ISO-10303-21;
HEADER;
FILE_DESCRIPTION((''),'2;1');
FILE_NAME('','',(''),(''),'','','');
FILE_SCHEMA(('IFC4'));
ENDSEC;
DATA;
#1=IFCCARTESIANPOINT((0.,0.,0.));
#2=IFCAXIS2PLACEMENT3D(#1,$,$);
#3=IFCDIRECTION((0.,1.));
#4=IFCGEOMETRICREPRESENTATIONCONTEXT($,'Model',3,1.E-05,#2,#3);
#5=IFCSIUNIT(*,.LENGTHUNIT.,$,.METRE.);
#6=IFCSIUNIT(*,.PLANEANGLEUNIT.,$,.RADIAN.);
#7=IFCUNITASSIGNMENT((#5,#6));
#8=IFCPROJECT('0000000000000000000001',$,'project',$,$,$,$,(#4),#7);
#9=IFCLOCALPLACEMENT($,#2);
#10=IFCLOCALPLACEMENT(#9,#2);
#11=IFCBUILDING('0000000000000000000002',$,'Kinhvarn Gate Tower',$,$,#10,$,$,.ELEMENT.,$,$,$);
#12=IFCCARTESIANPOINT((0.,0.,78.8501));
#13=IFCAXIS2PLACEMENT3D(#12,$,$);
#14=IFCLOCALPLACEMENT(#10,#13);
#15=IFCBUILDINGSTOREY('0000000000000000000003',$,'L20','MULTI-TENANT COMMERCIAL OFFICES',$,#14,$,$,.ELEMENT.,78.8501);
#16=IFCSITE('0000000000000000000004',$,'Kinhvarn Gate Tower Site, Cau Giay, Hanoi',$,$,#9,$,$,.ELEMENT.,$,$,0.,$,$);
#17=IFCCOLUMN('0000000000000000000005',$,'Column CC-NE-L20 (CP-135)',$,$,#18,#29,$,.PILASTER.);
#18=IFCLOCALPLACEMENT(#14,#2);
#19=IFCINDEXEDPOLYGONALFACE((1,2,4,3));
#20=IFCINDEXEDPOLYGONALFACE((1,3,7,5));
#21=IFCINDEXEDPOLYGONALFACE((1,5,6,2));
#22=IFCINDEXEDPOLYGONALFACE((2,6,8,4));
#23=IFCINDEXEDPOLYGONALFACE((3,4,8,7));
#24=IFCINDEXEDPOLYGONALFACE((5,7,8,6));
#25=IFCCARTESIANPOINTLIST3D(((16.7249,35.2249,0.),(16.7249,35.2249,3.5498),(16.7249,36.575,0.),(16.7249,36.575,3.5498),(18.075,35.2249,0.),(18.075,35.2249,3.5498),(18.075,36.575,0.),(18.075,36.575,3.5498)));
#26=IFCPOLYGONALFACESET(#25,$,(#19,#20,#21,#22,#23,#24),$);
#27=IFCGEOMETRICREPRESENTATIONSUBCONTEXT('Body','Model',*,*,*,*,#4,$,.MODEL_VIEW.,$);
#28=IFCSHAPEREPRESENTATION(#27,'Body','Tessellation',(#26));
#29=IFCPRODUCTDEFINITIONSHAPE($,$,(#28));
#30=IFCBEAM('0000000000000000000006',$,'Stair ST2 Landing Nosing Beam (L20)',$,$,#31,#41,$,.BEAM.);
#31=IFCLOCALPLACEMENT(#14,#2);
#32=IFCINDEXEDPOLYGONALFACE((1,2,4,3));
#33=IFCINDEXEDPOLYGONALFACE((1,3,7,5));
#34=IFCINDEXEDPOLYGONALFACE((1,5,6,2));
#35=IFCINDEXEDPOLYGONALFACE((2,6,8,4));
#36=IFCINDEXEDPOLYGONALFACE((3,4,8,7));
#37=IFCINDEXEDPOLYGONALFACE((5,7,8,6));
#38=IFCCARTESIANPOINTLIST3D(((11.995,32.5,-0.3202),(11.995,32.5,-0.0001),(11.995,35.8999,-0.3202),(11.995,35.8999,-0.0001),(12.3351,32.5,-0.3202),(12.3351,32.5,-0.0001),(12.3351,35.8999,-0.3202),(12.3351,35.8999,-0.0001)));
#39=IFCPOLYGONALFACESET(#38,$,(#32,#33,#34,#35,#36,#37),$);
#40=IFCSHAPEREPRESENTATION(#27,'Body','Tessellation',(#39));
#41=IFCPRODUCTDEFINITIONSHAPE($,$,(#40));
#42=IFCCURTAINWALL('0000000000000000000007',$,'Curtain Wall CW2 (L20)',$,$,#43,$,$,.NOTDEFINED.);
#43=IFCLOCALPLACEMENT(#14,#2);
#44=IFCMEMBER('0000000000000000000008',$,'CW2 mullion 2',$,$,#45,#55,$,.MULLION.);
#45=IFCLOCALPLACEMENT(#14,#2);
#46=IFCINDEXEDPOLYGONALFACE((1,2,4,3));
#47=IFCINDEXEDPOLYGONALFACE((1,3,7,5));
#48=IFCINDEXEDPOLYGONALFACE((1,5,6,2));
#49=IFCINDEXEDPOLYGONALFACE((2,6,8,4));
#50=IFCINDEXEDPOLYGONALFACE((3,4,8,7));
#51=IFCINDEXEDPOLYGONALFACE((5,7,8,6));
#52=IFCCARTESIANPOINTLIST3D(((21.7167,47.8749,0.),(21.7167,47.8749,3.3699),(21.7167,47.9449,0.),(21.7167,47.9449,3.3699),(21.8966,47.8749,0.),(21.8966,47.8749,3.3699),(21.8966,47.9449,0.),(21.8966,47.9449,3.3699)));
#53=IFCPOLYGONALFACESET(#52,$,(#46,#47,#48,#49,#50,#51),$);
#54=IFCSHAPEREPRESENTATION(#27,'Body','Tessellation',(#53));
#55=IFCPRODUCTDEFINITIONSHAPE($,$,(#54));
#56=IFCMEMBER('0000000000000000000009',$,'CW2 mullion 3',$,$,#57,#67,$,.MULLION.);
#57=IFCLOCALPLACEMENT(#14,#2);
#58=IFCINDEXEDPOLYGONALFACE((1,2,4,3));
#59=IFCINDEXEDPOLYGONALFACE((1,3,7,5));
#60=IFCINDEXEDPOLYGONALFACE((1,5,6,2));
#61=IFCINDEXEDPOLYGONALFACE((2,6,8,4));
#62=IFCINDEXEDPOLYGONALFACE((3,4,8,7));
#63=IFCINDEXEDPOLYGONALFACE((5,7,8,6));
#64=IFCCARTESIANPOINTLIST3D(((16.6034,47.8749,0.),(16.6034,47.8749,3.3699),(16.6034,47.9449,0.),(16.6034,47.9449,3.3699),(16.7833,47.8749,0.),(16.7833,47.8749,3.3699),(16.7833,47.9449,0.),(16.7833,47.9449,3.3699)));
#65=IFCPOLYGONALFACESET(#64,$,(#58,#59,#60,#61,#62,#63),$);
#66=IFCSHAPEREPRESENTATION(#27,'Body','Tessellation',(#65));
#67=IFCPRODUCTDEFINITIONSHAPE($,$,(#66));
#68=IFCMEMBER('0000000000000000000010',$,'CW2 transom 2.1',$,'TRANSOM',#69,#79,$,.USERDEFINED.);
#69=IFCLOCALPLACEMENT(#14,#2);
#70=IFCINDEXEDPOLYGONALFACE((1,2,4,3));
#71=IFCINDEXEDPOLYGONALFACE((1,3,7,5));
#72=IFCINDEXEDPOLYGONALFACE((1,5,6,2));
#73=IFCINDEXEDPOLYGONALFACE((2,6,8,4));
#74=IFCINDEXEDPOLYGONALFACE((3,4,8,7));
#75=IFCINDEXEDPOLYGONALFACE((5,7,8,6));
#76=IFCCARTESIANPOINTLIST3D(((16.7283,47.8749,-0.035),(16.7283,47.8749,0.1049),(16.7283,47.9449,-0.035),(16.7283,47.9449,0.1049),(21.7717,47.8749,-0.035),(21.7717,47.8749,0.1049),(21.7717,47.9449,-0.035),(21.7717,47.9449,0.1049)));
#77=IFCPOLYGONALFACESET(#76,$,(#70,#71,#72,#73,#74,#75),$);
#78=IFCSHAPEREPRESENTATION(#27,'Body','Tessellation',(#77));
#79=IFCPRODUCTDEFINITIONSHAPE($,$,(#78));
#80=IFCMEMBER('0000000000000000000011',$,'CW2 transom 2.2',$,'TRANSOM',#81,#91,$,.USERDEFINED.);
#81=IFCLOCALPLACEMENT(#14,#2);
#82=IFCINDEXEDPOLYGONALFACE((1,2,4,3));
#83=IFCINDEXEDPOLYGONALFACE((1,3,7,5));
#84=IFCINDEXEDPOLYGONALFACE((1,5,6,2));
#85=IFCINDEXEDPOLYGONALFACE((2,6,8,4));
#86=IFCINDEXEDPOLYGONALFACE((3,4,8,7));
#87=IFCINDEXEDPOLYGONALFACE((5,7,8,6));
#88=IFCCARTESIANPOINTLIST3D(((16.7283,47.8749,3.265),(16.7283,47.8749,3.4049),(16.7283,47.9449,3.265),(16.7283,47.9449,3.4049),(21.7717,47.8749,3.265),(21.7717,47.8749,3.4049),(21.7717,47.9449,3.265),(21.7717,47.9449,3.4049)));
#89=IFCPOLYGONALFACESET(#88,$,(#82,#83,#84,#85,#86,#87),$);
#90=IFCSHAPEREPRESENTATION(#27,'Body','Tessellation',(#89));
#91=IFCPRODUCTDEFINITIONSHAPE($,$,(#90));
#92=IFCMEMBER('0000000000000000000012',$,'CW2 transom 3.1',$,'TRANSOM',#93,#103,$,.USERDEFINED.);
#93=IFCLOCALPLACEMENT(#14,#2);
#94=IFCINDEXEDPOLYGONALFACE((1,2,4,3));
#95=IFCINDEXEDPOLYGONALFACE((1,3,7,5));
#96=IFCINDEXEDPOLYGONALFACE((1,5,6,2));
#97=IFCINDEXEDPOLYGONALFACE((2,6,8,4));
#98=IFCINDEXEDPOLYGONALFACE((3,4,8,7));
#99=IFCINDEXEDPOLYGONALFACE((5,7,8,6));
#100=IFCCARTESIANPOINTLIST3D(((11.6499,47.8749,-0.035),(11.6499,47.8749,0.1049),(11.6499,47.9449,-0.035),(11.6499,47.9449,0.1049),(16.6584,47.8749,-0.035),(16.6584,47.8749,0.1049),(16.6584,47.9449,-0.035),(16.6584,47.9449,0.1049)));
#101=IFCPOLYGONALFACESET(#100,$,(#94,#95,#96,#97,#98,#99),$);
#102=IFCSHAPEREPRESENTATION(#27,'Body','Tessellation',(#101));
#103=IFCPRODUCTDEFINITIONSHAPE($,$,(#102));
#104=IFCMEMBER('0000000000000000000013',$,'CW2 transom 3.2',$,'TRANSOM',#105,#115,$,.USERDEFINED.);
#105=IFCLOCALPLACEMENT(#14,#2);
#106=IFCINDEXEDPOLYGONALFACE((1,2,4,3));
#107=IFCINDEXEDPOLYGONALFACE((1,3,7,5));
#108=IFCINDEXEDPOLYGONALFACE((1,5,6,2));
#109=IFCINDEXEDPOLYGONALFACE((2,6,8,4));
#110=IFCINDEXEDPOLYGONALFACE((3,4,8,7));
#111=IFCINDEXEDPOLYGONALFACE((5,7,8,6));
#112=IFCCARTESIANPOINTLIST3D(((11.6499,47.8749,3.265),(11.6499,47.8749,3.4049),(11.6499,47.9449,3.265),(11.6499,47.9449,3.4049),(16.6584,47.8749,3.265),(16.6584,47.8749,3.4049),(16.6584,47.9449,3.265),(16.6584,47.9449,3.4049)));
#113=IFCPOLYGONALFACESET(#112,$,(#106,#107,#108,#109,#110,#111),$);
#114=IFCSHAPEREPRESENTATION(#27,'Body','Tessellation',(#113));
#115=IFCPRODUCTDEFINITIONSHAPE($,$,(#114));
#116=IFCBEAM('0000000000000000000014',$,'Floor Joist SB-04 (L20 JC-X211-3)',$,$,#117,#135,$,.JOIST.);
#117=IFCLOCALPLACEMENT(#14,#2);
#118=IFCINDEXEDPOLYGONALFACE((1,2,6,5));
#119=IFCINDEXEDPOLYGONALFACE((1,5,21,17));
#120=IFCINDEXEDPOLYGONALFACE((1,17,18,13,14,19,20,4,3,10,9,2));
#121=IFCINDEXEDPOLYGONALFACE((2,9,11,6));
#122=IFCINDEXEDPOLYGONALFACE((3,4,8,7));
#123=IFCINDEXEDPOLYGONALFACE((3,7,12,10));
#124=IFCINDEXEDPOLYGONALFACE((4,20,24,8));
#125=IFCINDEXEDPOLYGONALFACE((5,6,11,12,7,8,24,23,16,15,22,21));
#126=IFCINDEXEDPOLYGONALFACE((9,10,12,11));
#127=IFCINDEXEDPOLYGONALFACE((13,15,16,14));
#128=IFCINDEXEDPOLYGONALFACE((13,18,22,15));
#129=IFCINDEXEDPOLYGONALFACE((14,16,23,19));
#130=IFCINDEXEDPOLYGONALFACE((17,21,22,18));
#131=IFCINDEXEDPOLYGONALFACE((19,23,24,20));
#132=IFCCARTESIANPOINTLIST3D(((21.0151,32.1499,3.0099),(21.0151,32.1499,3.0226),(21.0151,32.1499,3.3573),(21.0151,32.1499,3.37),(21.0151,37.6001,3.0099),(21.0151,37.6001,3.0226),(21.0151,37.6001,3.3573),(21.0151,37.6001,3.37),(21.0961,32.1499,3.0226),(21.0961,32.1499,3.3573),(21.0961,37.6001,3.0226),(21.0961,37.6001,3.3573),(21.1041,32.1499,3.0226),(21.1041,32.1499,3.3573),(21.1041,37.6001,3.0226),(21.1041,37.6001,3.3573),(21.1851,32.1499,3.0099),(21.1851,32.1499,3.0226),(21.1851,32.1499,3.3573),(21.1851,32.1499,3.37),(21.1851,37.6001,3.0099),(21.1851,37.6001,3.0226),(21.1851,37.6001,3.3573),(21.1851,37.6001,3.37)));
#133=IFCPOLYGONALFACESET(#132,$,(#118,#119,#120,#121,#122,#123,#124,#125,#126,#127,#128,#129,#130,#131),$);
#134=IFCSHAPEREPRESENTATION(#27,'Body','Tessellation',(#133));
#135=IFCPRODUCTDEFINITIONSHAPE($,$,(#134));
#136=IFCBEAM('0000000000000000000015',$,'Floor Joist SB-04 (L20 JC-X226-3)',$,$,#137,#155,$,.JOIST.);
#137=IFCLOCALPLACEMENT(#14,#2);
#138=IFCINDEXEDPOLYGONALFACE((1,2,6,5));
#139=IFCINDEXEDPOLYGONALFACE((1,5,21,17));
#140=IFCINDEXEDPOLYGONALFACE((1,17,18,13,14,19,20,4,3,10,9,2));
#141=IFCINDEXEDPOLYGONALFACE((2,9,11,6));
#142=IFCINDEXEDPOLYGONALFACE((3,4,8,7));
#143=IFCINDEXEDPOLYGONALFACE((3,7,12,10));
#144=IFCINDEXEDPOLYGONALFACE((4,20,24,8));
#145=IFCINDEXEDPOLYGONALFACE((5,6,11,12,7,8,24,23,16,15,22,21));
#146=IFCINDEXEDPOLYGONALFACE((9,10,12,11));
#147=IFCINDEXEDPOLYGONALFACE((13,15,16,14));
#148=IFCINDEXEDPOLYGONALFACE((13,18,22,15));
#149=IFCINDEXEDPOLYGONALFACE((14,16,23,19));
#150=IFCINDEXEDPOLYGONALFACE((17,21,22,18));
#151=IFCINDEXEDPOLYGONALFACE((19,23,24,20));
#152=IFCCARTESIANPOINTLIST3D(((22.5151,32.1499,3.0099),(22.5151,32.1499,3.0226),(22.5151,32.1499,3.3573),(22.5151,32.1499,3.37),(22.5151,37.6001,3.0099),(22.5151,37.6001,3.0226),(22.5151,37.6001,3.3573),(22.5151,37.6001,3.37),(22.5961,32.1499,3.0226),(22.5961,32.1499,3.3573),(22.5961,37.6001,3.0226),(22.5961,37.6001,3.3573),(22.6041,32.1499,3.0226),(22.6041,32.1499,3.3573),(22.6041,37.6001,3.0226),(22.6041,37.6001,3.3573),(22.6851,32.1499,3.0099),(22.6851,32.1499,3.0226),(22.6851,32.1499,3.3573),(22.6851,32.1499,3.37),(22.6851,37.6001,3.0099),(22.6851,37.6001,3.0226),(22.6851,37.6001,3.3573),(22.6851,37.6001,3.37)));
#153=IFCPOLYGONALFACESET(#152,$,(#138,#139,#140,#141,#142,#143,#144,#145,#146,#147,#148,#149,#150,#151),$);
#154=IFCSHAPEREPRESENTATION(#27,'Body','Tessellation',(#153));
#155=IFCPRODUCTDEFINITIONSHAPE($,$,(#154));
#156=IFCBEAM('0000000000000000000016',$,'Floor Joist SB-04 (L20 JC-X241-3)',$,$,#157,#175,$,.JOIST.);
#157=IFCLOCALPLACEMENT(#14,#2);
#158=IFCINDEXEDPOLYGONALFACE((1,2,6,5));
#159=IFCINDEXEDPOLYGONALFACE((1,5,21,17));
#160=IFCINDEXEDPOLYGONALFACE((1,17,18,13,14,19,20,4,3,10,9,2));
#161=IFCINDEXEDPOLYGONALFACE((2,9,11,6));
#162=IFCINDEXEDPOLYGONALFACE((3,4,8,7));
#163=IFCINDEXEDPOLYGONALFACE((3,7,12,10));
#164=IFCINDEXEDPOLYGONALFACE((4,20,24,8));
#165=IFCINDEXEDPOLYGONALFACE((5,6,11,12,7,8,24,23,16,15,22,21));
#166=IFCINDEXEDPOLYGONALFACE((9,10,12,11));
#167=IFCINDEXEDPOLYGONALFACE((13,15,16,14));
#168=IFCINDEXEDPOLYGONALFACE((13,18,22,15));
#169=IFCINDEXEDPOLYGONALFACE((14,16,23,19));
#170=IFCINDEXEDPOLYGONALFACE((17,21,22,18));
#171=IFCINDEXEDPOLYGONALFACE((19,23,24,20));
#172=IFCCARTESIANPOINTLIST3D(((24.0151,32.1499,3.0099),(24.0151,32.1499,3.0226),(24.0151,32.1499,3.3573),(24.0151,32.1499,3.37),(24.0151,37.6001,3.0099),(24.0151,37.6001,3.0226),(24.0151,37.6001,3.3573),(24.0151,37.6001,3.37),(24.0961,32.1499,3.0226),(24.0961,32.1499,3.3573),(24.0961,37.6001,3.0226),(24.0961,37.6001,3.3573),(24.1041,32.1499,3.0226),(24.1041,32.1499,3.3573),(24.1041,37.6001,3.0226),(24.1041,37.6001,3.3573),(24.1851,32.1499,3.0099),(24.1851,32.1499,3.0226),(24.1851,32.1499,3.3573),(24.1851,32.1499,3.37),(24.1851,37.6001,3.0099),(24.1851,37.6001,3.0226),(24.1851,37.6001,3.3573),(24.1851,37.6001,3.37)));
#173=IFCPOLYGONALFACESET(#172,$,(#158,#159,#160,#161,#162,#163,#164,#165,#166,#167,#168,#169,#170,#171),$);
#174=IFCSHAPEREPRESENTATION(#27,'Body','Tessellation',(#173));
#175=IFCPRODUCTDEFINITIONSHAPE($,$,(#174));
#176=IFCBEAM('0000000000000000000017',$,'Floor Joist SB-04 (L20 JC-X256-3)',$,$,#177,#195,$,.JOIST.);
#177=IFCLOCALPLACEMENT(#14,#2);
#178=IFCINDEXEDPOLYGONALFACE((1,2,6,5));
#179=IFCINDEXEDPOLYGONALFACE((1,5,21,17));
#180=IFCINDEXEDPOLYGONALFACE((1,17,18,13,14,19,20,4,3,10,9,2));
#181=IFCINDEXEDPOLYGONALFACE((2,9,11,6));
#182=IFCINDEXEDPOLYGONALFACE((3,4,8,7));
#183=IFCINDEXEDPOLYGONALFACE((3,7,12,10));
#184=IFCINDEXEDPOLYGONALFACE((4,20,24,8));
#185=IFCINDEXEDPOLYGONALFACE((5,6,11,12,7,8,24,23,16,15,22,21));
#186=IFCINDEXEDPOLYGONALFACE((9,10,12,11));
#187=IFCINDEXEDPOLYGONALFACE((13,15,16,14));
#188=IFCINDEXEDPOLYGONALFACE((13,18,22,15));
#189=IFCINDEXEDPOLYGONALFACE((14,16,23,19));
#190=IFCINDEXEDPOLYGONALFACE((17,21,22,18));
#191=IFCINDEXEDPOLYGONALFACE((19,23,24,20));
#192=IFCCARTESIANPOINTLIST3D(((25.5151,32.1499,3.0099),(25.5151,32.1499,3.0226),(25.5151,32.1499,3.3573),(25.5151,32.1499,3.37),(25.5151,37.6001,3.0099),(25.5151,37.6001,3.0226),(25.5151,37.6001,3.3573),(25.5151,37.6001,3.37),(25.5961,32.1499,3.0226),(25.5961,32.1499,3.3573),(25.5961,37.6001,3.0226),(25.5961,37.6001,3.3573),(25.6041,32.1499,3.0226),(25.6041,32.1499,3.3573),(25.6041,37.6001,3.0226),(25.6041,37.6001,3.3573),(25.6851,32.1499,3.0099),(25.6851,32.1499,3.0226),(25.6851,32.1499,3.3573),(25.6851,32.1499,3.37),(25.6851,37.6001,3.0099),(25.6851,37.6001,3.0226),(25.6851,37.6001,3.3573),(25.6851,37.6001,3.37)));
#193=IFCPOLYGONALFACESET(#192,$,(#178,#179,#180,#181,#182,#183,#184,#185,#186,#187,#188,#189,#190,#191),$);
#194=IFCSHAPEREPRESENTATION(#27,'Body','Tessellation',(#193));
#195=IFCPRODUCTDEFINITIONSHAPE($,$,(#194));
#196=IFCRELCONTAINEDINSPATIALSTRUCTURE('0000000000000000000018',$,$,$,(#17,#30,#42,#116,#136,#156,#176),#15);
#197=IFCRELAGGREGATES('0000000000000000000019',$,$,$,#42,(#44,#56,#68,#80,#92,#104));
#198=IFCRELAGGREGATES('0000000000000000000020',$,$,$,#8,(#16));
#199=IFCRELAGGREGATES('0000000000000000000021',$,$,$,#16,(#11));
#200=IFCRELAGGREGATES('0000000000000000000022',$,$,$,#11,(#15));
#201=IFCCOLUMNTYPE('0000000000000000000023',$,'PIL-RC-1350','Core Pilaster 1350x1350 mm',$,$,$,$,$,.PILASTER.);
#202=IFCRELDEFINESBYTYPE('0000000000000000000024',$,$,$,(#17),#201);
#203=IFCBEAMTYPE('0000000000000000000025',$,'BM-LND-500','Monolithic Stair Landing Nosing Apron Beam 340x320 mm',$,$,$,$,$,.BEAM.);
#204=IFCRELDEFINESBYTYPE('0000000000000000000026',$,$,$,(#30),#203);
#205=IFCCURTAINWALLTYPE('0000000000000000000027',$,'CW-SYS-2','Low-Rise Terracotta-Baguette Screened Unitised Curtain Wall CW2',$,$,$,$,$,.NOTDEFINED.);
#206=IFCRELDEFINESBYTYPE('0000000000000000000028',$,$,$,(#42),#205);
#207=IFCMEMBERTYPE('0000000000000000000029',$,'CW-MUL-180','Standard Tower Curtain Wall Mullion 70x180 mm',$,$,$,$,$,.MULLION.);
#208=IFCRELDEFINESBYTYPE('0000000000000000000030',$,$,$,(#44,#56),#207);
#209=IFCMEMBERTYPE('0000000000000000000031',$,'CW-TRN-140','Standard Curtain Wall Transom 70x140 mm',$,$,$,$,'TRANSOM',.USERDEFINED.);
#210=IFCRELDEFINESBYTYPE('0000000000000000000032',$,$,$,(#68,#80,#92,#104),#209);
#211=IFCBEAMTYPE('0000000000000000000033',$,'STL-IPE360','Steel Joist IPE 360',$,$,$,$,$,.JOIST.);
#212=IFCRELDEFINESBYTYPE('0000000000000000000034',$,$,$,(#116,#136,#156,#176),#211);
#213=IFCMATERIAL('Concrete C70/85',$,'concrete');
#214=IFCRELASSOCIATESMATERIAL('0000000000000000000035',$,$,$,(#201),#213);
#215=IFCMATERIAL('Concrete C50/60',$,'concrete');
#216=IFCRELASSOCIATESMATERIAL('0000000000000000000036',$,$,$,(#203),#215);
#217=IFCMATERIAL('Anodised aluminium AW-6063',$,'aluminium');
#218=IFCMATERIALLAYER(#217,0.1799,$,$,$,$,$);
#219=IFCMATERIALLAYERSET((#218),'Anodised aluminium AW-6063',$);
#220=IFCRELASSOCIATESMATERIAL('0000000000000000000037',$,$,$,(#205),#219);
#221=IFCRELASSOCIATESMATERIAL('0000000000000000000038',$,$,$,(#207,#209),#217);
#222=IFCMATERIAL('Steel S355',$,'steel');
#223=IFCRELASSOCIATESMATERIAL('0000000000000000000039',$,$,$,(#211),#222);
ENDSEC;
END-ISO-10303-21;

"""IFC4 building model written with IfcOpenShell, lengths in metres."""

from ifc_helpers import new_model, si_unit, direction, frame, origin, origin_2d, place, context, subcontext, project, spatial, rectangle, i_section, extrude, material, layer, layer_set, material_profile, profile_set, type_object, element, aggregate, save


model = new_model("IFC4")

# Units and contexts
model_context = context("Model", 3, precision=1e-05, world=origin(), true_north=direction((0.0, 1.0)))
body_context = subcontext(model_context, "Body", "Model", "MODEL_VIEW")
ifc_project = project(units=[si_unit("LENGTHUNIT", "METRE"), si_unit("PLANEANGLEUNIT", "RADIAN")], contexts=[model_context])

# Site, building, storey
site_placement = place(None, origin())
site = spatial("IfcSite", under=ifc_project, at=site_placement, Name="Kinhvarn Gate Tower Site, Cau Giay, Hanoi", CompositionType="ELEMENT", RefElevation=0.0)
building_placement = place(site_placement, origin())
building = spatial("IfcBuilding", under=site, at=building_placement, Name="Kinhvarn Gate Tower", CompositionType="ELEMENT")
storey_placement = place(building_placement, frame((0.0, 0.0, 78.8501)))
storey = spatial("IfcBuildingStorey", under=building, at=storey_placement, Name="L20", Description="MULTI-TENANT COMMERCIAL OFFICES", CompositionType="ELEMENT", Elevation=78.8501)

# Column
ifc_material_1 = material(Name="Concrete C70/85", Category="concrete")
ifc_material_profile_1 = material_profile(ifc_material_1, rectangle(XDim=1.3501, YDim=1.3501, at=origin_2d()), Name="RC 1350x1350")
ifc_profile_set_1 = profile_set([ifc_material_profile_1], Name="Concrete C70/85")
column_type = type_object("IfcColumnType", Name="PIL-RC-1350", Description="Core Pilaster 1350x1350 mm", PredefinedType="PILASTER", material=ifc_profile_set_1)
column_placement = place(storey_placement, frame((17.3999, 35.8999, 0.0), z_axis=(0.0, 0.0, 1.0), x_axis=(1.0, 0.0, 0.0)))
element("IfcColumn", 1, at=column_placement, inside=storey, type_object=column_type, Name="Column CC-NE-L20 (CP-135)", PredefinedType="PILASTER", context=body_context, shape_type="SweptSolid", body=[
    extrude(rectangle(XDim=1.3501, YDim=1.3501, at=origin_2d()), origin(), (0.0, 0.0, 1.0), 3.5498),
])

# Beam
ifc_material_2 = material(Name="Concrete C50/60", Category="concrete")
ifc_material_profile_2 = material_profile(ifc_material_2, rectangle(XDim=0.3401, YDim=0.3201, at=origin_2d()), Name="RC 340x320")
ifc_profile_set_2 = profile_set([ifc_material_profile_2], Name="Concrete C50/60")
beam_type_1 = type_object("IfcBeamType", Name="BM-LND-500", Description="Monolithic Stair Landing Nosing Apron Beam 340x320 mm", PredefinedType="BEAM", material=ifc_profile_set_2)
beam_placement = place(storey_placement, frame((12.165, 32.5, -0.1602), z_axis=(0.0, 1.0, 0.0), x_axis=(-1.0, 0.0, 0.0)))
element("IfcBeam", 2, at=beam_placement, inside=storey, type_object=beam_type_1, Name="Stair ST2 Landing Nosing Beam (L20)", PredefinedType="BEAM", context=body_context, shape_type="SweptSolid", body=[
    extrude(rectangle(XDim=0.3401, YDim=0.3201, at=origin_2d()), origin(), (0.0, 0.0, 1.0), 3.3999),
])

# Curtain wall, members
ifc_material_3 = material(Name="Anodised aluminium AW-6063", Category="aluminium")
ifc_layer_1 = layer(ifc_material_3, 0.1799)
ifc_layer_set_1 = layer_set([ifc_layer_1], Name="Anodised aluminium AW-6063")
curtain_wall_type = type_object("IfcCurtainWallType", Name="CW-SYS-2", Description="Low-Rise Terracotta-Baguette Screened Unitised Curtain Wall CW2", PredefinedType="NOTDEFINED", material=ifc_layer_set_1)
curtain_wall_placement = place(storey_placement, origin())
curtain_wall = element("IfcCurtainWall", 3, at=curtain_wall_placement, inside=storey, type_object=curtain_wall_type, Name="Curtain Wall CW2 (L20)", PredefinedType="NOTDEFINED")
ifc_material_profile_3 = material_profile(ifc_material_3, rectangle(XDim=0.0701, YDim=0.1799, at=origin_2d()), Name="ALU 70x180")
ifc_profile_set_3 = profile_set([ifc_material_profile_3], Name="Anodised aluminium AW-6063")
member_type_1 = type_object("IfcMemberType", Name="CW-MUL-180", Description="Standard Tower Curtain Wall Mullion 70x180 mm", PredefinedType="MULLION", material=ifc_profile_set_3)
member_1_placement = place(storey_placement, frame((21.8066, 47.9099, 0.0), z_axis=(0.0, 0.0, 1.0), x_axis=(0.0, -1.0, 0.0)))
member_1 = element("IfcMember", 4, at=member_1_placement, type_object=member_type_1, Name="CW2 mullion 2", PredefinedType="MULLION", context=body_context, shape_type="SweptSolid", body=[
    extrude(rectangle(XDim=0.0701, YDim=0.1799, at=origin_2d()), origin(), (0.0, 0.0, 1.0), 3.3699),
])
member_2_placement = place(storey_placement, frame((16.6934, 47.9099, 0.0), z_axis=(0.0, 0.0, 1.0), x_axis=(0.0, -1.0, 0.0)))
member_2 = element("IfcMember", 5, at=member_2_placement, type_object=member_type_1, Name="CW2 mullion 3", PredefinedType="MULLION", context=body_context, shape_type="SweptSolid", body=[
    extrude(rectangle(XDim=0.0701, YDim=0.1799, at=origin_2d()), origin(), (0.0, 0.0, 1.0), 3.3699),
])
ifc_material_profile_4 = material_profile(ifc_material_3, rectangle(XDim=0.0701, YDim=0.1399, at=origin_2d()), Name="ALU 70x140")
ifc_profile_set_4 = profile_set([ifc_material_profile_4], Name="Anodised aluminium AW-6063")
member_type_2 = type_object("IfcMemberType", Name="CW-TRN-140", Description="Standard Curtain Wall Transom 70x140 mm", ElementType="TRANSOM", PredefinedType="USERDEFINED", material=ifc_profile_set_4)
member_3_placement = place(storey_placement, frame((21.7717, 47.9099, 0.0349), z_axis=(-1.0, 0.0, 0.0), x_axis=(0.0, -1.0, 0.0)))
member_3 = element("IfcMember", 6, at=member_3_placement, type_object=member_type_2, Name="CW2 transom 2.1", ObjectType="TRANSOM", PredefinedType="USERDEFINED", context=body_context, shape_type="SweptSolid", body=[
    extrude(rectangle(XDim=0.0701, YDim=0.1399, at=origin_2d()), origin(), (0.0, 0.0, 1.0), 5.0435),
])
member_4_placement = place(storey_placement, frame((21.7717, 47.9099, 3.335), z_axis=(-1.0, 0.0, 0.0), x_axis=(0.0, -1.0, 0.0)))
member_4 = element("IfcMember", 7, at=member_4_placement, type_object=member_type_2, Name="CW2 transom 2.2", ObjectType="TRANSOM", PredefinedType="USERDEFINED", context=body_context, shape_type="SweptSolid", body=[
    extrude(rectangle(XDim=0.0701, YDim=0.1399, at=origin_2d()), origin(), (0.0, 0.0, 1.0), 5.0435),
])
member_5_placement = place(storey_placement, frame((16.6584, 47.9099, 0.0349), z_axis=(-1.0, 0.0, 0.0), x_axis=(0.0, -1.0, 0.0)))
member_5 = element("IfcMember", 8, at=member_5_placement, type_object=member_type_2, Name="CW2 transom 3.1", ObjectType="TRANSOM", PredefinedType="USERDEFINED", context=body_context, shape_type="SweptSolid", body=[
    extrude(rectangle(XDim=0.0701, YDim=0.1399, at=origin_2d()), origin(), (0.0, 0.0, 1.0), 5.0085),
])
member_6_placement = place(storey_placement, frame((16.6584, 47.9099, 3.335), z_axis=(-1.0, 0.0, 0.0), x_axis=(0.0, -1.0, 0.0)))
member_6 = element("IfcMember", 9, at=member_6_placement, type_object=member_type_2, Name="CW2 transom 3.2", ObjectType="TRANSOM", PredefinedType="USERDEFINED", context=body_context, shape_type="SweptSolid", body=[
    extrude(rectangle(XDim=0.0701, YDim=0.1399, at=origin_2d()), origin(), (0.0, 0.0, 1.0), 5.0085),
])

# Beams
ifc_material_4 = material(Name="Steel S355", Category="steel")
ifc_material_profile_5 = material_profile(ifc_material_4, i_section(OverallWidth=0.1699, OverallDepth=0.3601, WebThickness=0.0081, FlangeThickness=0.0127, at=origin_2d()), Name="IPE 360")
ifc_profile_set_5 = profile_set([ifc_material_profile_5], Name="Steel S355")
beam_type_2 = type_object("IfcBeamType", Name="STL-IPE360", Description="Steel Joist IPE 360", PredefinedType="JOIST", material=ifc_profile_set_5)
for number, where, z_axis, x_axis, name in (
    (10, (21.1001, 32.1499, 3.1899), (0.0, 1.0, 0.0), (-1.0, 0.0, 0.0), "Floor Joist SB-04 (L20 JC-X211-3)"),
    (11, (22.6001, 32.1499, 3.1899), (0.0, 1.0, 0.0), (-1.0, 0.0, 0.0), "Floor Joist SB-04 (L20 JC-X226-3)"),
    (12, (24.1001, 32.1499, 3.1899), (0.0, 1.0, 0.0), (-1.0, 0.0, 0.0), "Floor Joist SB-04 (L20 JC-X241-3)"),
    (13, (25.6001, 32.1499, 3.1899), (0.0, 1.0, 0.0), (-1.0, 0.0, 0.0), "Floor Joist SB-04 (L20 JC-X256-3)"),
):
    element("IfcBeam", number, at=place(storey_placement, frame(where, z_axis=z_axis, x_axis=x_axis)), inside=storey, type_object=beam_type_2, Name=name, PredefinedType="JOIST", context=body_context, shape_type="SweptSolid", body=[
        extrude(i_section(OverallWidth=0.1699, OverallDepth=0.3601, WebThickness=0.0081, FlangeThickness=0.0127, at=origin_2d()), origin(), (0.0, 0.0, 1.0), 5.4502),
    ])

aggregate(curtain_wall, [member_1, member_2, member_3, member_4, member_5, member_6])

save(model, "model.ifc")
